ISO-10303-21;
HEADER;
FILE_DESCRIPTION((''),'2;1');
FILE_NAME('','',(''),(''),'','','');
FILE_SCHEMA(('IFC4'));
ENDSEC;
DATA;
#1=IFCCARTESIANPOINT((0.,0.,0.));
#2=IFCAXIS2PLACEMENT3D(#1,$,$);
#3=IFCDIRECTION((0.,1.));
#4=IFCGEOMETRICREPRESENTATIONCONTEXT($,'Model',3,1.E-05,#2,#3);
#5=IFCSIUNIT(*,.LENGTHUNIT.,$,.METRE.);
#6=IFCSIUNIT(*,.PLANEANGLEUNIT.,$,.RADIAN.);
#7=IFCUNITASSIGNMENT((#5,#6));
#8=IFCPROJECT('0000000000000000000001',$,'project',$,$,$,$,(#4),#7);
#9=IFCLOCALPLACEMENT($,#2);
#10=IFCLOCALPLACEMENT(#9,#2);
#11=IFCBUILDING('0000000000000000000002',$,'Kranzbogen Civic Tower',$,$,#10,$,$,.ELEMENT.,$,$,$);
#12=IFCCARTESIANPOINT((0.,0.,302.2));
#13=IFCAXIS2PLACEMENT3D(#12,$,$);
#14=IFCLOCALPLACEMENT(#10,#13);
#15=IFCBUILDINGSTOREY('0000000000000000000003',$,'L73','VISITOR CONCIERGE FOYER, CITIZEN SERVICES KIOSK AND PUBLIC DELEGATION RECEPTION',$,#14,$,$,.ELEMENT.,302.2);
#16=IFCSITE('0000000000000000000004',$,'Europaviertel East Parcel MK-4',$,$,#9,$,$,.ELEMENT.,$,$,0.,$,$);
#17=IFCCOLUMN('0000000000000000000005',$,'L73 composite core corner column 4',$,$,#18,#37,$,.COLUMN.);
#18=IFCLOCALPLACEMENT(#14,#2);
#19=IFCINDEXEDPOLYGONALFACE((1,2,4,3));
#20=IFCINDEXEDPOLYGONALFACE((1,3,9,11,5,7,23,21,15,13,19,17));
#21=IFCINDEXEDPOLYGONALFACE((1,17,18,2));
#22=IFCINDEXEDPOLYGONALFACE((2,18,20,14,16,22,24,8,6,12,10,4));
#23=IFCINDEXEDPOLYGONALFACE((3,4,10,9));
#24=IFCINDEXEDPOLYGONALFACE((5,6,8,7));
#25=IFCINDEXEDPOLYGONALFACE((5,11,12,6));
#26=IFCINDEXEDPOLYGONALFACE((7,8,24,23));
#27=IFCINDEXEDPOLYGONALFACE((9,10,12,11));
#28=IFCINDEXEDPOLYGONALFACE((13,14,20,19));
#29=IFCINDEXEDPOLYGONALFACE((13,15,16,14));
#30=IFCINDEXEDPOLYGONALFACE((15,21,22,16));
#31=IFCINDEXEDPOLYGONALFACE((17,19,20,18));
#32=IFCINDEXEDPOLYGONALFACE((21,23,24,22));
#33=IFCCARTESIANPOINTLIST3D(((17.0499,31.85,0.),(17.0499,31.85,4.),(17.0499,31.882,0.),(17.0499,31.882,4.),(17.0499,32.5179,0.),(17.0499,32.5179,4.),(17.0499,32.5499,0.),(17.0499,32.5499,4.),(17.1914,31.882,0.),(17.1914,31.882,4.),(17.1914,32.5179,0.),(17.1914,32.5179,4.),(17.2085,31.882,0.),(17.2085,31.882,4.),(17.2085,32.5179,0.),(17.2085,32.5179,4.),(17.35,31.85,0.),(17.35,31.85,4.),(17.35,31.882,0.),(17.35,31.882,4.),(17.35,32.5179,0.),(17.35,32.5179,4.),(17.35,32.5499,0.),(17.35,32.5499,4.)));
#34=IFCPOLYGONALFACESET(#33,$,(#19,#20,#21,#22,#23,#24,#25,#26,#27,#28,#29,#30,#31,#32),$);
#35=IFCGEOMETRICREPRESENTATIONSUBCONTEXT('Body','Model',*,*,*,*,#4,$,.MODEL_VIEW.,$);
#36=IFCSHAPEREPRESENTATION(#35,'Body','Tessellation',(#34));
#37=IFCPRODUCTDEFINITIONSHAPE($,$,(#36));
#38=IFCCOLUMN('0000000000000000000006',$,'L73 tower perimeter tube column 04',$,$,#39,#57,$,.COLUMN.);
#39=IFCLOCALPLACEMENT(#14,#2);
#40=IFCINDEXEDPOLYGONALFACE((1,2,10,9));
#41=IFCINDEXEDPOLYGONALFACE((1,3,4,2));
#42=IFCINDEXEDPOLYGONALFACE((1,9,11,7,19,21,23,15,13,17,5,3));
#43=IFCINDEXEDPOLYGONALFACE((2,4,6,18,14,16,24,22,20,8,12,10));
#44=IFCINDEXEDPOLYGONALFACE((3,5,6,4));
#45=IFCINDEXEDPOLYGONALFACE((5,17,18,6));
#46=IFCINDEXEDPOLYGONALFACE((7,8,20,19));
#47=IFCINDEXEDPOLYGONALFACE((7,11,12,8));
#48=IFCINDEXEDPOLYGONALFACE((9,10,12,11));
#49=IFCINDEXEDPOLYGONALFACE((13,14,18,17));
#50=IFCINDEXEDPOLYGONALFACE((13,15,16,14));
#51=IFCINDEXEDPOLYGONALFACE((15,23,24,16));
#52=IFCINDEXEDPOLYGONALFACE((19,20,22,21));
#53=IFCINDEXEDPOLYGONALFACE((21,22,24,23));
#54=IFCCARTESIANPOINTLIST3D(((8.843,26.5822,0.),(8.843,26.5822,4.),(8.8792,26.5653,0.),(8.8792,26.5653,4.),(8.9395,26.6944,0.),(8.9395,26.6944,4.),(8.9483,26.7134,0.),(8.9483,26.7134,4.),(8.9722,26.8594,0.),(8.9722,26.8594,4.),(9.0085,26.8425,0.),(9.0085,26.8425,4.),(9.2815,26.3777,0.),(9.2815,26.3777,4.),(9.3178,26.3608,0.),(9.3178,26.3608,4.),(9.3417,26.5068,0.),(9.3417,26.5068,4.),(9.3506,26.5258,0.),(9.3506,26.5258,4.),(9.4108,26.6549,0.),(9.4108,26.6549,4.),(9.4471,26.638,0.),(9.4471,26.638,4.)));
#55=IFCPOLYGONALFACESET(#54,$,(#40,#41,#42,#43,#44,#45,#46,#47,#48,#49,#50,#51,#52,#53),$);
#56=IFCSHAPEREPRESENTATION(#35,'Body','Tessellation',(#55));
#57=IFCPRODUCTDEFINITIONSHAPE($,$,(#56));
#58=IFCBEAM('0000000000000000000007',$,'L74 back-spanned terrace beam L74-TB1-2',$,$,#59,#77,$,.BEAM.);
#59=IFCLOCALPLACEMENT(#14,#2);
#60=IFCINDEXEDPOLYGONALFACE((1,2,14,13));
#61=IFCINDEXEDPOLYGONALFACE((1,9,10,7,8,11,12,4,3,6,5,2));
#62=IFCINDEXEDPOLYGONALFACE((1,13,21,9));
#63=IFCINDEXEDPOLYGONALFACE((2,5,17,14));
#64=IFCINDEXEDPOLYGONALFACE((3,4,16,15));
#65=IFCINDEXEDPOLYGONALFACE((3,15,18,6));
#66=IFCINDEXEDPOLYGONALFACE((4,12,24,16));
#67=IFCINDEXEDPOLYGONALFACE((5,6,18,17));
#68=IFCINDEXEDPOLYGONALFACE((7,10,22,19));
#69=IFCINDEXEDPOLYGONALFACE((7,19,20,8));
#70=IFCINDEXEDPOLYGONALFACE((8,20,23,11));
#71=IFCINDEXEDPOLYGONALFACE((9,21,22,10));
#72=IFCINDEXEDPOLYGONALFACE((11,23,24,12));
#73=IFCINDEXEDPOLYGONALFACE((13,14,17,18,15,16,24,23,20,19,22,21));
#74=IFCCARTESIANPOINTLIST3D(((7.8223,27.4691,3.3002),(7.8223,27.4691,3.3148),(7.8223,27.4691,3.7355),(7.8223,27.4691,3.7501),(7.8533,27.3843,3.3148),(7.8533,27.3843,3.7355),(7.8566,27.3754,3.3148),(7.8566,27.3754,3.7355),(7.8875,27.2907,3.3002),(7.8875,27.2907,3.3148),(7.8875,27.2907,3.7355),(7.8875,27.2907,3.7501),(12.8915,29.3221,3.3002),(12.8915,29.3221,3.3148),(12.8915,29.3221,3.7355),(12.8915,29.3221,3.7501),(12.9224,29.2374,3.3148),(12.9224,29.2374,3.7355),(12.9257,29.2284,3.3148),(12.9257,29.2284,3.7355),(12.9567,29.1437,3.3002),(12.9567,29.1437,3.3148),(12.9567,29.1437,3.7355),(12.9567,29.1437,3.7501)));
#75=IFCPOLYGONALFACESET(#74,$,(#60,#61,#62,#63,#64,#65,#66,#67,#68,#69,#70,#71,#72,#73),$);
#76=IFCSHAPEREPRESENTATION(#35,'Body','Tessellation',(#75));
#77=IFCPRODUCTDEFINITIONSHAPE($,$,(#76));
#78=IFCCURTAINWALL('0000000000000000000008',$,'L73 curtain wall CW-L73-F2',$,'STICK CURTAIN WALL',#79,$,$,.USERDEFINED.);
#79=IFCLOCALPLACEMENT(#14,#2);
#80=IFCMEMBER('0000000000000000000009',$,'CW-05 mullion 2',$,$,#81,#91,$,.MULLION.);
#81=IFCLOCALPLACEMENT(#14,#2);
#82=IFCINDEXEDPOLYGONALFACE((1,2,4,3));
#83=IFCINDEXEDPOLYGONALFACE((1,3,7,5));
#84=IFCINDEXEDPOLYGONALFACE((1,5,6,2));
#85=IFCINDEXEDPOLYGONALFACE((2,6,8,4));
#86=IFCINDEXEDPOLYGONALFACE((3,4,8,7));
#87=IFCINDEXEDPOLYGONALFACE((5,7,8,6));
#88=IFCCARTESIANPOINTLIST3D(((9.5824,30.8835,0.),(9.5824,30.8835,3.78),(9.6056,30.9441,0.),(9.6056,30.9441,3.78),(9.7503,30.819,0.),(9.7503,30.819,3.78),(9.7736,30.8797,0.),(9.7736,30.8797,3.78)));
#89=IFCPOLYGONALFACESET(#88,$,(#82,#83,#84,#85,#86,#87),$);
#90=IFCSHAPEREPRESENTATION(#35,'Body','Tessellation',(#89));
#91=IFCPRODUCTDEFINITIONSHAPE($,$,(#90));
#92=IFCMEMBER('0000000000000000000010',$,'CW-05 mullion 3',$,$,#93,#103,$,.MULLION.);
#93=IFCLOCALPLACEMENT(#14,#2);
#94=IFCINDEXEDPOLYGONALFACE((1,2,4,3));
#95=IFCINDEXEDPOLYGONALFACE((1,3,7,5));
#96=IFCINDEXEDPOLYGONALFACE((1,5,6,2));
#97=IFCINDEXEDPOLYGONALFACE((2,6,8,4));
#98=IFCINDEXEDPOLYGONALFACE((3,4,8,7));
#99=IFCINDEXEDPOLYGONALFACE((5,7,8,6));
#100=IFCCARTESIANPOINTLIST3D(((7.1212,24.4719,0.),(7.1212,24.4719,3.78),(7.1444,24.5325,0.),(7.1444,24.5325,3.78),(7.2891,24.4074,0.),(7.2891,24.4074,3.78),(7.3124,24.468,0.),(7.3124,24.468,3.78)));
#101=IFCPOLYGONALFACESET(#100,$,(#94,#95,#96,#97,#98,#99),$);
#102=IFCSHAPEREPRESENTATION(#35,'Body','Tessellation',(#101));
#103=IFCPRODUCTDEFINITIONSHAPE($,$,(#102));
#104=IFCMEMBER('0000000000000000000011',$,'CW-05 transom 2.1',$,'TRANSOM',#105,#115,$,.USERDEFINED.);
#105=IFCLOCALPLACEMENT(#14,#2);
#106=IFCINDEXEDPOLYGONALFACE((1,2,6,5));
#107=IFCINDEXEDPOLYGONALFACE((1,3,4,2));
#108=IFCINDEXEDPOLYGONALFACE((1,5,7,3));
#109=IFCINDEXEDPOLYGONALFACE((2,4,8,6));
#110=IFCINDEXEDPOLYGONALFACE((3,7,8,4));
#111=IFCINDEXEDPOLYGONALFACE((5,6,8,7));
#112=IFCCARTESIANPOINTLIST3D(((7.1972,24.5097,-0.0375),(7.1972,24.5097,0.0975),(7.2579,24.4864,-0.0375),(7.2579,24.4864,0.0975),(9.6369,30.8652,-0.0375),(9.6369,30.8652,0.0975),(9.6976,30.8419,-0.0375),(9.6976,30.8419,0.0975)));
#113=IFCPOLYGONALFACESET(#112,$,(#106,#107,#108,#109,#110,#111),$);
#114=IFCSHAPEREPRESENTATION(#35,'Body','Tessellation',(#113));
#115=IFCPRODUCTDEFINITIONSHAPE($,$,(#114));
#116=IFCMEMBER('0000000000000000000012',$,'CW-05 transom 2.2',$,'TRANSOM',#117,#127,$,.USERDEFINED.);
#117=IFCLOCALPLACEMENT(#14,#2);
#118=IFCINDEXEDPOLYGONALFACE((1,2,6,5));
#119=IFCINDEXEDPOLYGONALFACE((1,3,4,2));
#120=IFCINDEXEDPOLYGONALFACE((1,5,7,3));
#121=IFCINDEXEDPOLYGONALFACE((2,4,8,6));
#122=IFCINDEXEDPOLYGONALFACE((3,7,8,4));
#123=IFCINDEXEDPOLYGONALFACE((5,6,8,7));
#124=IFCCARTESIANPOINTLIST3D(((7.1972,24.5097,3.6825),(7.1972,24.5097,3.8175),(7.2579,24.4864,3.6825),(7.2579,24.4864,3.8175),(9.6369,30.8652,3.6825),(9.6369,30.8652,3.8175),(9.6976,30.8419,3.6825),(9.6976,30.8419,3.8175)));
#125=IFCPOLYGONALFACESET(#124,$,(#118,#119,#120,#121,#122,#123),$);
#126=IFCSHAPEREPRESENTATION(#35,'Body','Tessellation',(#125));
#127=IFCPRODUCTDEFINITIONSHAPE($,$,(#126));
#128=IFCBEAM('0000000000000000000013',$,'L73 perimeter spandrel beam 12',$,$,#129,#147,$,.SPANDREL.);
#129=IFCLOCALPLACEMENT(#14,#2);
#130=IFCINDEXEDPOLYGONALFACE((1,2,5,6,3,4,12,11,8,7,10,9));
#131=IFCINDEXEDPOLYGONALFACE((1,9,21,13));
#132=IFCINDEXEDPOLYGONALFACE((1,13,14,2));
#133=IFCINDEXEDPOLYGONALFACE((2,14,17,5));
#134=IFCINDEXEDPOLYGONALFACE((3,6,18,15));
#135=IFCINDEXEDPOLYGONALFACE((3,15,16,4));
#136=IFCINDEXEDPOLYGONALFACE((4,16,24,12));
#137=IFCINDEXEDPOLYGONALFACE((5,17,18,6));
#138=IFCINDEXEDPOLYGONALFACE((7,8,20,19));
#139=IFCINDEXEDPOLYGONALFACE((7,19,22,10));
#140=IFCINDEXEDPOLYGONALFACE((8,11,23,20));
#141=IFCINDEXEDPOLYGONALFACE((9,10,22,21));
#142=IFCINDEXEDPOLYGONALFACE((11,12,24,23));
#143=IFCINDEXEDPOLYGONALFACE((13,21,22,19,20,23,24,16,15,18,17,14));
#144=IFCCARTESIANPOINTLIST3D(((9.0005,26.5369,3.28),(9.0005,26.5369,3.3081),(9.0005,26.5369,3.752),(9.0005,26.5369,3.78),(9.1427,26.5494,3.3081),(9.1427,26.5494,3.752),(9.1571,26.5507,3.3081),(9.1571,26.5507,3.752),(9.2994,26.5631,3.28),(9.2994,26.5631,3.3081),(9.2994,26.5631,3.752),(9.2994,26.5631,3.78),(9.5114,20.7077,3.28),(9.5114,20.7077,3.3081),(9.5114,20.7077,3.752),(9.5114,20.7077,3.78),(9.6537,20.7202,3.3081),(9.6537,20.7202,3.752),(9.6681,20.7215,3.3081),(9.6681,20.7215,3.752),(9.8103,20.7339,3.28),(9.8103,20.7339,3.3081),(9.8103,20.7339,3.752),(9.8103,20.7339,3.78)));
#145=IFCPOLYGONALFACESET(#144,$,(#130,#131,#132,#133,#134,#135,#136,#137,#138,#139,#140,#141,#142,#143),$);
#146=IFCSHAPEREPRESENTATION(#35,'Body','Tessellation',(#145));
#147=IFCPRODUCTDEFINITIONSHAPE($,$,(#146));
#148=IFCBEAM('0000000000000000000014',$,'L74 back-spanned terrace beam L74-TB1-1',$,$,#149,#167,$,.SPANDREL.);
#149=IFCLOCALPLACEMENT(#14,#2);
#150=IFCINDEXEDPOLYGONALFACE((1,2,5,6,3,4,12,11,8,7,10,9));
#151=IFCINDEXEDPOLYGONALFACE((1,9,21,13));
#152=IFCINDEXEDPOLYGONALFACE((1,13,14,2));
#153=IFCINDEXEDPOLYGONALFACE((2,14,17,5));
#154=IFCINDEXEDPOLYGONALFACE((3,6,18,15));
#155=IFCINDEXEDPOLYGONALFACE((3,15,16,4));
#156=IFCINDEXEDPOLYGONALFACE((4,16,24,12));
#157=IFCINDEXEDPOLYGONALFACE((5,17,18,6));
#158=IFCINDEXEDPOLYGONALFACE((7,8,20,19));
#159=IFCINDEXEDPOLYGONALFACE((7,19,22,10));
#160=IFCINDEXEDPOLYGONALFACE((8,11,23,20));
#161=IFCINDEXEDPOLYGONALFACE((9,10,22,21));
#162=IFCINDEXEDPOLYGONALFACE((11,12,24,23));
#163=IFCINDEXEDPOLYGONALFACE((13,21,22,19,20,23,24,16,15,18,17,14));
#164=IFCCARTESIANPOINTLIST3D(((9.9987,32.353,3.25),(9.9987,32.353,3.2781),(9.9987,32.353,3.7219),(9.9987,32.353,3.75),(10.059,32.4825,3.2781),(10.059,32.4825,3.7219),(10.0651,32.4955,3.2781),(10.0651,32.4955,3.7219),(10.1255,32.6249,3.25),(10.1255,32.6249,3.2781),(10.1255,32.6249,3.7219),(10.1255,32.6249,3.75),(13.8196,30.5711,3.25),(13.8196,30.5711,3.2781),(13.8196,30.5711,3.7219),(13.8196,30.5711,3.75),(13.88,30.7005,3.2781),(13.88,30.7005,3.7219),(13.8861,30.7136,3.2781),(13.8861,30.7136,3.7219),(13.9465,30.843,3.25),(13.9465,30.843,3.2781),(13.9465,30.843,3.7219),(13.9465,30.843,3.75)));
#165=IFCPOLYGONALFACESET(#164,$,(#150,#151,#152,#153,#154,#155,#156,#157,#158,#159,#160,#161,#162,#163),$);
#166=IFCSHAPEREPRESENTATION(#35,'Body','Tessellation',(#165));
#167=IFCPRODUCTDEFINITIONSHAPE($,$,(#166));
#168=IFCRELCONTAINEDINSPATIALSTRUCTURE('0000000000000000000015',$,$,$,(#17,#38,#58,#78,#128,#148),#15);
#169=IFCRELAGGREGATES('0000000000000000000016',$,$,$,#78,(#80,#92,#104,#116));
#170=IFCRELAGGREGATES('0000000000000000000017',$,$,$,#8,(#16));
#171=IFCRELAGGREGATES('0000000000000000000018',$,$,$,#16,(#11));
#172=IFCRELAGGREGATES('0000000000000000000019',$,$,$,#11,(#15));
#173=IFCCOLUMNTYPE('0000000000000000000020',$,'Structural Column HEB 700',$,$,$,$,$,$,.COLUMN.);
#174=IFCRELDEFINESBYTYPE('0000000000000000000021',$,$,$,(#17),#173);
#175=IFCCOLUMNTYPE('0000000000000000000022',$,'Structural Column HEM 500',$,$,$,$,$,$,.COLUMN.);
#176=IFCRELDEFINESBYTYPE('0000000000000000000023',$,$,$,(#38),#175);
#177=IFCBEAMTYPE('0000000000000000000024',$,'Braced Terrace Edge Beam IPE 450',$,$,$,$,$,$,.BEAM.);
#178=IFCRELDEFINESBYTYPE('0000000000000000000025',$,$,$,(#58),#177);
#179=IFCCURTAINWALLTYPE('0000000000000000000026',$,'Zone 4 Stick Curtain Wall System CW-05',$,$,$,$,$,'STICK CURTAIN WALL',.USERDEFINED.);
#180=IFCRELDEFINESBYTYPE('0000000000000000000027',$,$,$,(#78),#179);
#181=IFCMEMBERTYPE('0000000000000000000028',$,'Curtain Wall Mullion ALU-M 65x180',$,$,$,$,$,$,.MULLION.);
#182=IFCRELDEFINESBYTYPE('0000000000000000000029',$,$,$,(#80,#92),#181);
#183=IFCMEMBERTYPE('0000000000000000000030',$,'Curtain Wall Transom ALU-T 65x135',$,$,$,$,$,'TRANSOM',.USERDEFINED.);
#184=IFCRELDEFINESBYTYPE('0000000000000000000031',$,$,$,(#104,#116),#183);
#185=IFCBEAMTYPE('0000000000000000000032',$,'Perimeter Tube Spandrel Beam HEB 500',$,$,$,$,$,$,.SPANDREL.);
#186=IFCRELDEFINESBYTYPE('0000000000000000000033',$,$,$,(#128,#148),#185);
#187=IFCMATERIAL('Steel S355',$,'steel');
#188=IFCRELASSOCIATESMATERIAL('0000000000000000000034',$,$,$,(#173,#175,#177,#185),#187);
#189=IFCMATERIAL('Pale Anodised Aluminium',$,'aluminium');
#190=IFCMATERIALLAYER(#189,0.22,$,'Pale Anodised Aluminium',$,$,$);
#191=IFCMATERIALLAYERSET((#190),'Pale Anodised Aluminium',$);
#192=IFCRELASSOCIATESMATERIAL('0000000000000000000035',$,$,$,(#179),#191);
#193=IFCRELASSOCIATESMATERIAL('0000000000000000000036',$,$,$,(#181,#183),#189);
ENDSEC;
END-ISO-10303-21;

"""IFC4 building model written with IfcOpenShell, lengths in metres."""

from ifc_helpers import new_model, si_unit, direction, frame, origin, origin_2d, place, context, subcontext, project, spatial, rectangle, i_section, extrude, material, layer, layer_set, material_profile, profile_set, type_object, element, aggregate, save


model = new_model("IFC4")

# Units and contexts
model_context = context("Model", 3, precision=1e-05, world=origin(), true_north=direction((0.0, 1.0)))
body_context = subcontext(model_context, "Body", "Model", "MODEL_VIEW")
ifc_project = project(units=[si_unit("LENGTHUNIT", "METRE"), si_unit("PLANEANGLEUNIT", "RADIAN")], contexts=[model_context])

# Site, building, storey
site_placement = place(None, origin())
site = spatial("IfcSite", under=ifc_project, at=site_placement, Name="Europaviertel East Parcel MK-4", CompositionType="ELEMENT", RefElevation=0.0)
building_placement = place(site_placement, origin())
building = spatial("IfcBuilding", under=site, at=building_placement, Name="Kranzbogen Civic Tower", CompositionType="ELEMENT")
storey_placement = place(building_placement, frame((0.0, 0.0, 302.2)))
storey = spatial("IfcBuildingStorey", under=building, at=storey_placement, Name="L73", Description="VISITOR CONCIERGE FOYER, CITIZEN SERVICES KIOSK AND PUBLIC DELEGATION RECEPTION", CompositionType="ELEMENT", Elevation=302.2)

# Columns
ifc_material_1 = material(Name="Steel S355", Category="steel")
ifc_material_profile_1 = material_profile(ifc_material_1, i_section(OverallWidth=0.3, OverallDepth=0.7, WebThickness=0.0171, FlangeThickness=0.032, at=origin_2d()), Name="HEB 700")
ifc_profile_set_1 = profile_set([ifc_material_profile_1], Name="Steel S355")
column_type_1 = type_object("IfcColumnType", Name="Structural Column HEB 700", PredefinedType="COLUMN", material=ifc_profile_set_1)
column_1_placement = place(storey_placement, frame((17.2, 32.2, 0.0), z_axis=(0.0, 0.0, 1.0), x_axis=(1.0, 0.0, 0.0)))
element("IfcColumn", 1, at=column_1_placement, inside=storey, type_object=column_type_1, Name="L73 composite core corner column 4", PredefinedType="COLUMN", context=body_context, shape_type="SweptSolid", body=[
    extrude(i_section(OverallWidth=0.3, OverallDepth=0.7, WebThickness=0.0171, FlangeThickness=0.032, at=origin_2d()), origin(), (0.0, 0.0, 1.0), 4.0),
])
ifc_material_profile_2 = material_profile(ifc_material_1, i_section(OverallWidth=0.3059, OverallDepth=0.5239, WebThickness=0.021, FlangeThickness=0.04, at=origin_2d()), Name="HEM 500")
ifc_profile_set_2 = profile_set([ifc_material_profile_2], Name="Steel S355")
column_type_2 = type_object("IfcColumnType", Name="Structural Column HEM 500", PredefinedType="COLUMN", material=ifc_profile_set_2)
column_2_placement = place(storey_placement, frame((9.145, 26.6101, 0.0), z_axis=(0.0, 0.0, 1.0), x_axis=(0.422618, 0.906308, 0.0)))
element("IfcColumn", 2, at=column_2_placement, inside=storey, type_object=column_type_2, Name="L73 tower perimeter tube column 04", PredefinedType="COLUMN", context=body_context, shape_type="SweptSolid", body=[
    extrude(i_section(OverallWidth=0.3059, OverallDepth=0.5239, WebThickness=0.021, FlangeThickness=0.04, at=origin_2d()), origin(), (0.0, 0.0, 1.0), 4.0),
])

# Beam
ifc_material_profile_3 = material_profile(ifc_material_1, i_section(OverallWidth=0.1899, OverallDepth=0.45, WebThickness=0.0095, FlangeThickness=0.0146, at=origin_2d()), Name="IPE 450")
ifc_profile_set_3 = profile_set([ifc_material_profile_3], Name="Steel S355")
beam_type_1 = type_object("IfcBeamType", Name="Braced Terrace Edge Beam IPE 450", PredefinedType="BEAM", material=ifc_profile_set_3)
beam_1_placement = place(storey_placement, frame((12.9241, 29.2329, 3.5251), z_axis=(-0.939214, -0.343333, 0.0), x_axis=(0.343333, -0.939214, 0.0)))
element("IfcBeam", 3, at=beam_1_placement, inside=storey, type_object=beam_type_1, Name="L74 back-spanned terrace beam L74-TB1-2", PredefinedType="BEAM", context=body_context, shape_type="SweptSolid", body=[
    extrude(i_section(OverallWidth=0.1899, OverallDepth=0.45, WebThickness=0.0095, FlangeThickness=0.0146, at=origin_2d()), origin(), (0.0, 0.0, 1.0), 5.3972),
])

# Curtain wall, members
ifc_material_2 = material(Name="Pale Anodised Aluminium", Category="aluminium")
ifc_layer_1 = layer(ifc_material_2, 0.22, Name="Pale Anodised Aluminium")
ifc_layer_set_1 = layer_set([ifc_layer_1], Name="Pale Anodised Aluminium")
curtain_wall_type = type_object("IfcCurtainWallType", Name="Zone 4 Stick Curtain Wall System CW-05", ElementType="STICK CURTAIN WALL", PredefinedType="USERDEFINED", material=ifc_layer_set_1)
curtain_wall_placement = place(storey_placement, origin())
curtain_wall = element("IfcCurtainWall", 4, at=curtain_wall_placement, inside=storey, type_object=curtain_wall_type, Name="L73 curtain wall CW-L73-F2", ObjectType="STICK CURTAIN WALL", PredefinedType="USERDEFINED")
ifc_material_profile_4 = material_profile(ifc_material_2, rectangle(XDim=0.0649, YDim=0.1799, at=origin_2d()), Name="ALU-M 65x180")
ifc_profile_set_4 = profile_set([ifc_material_profile_4], Name="Pale Anodised Aluminium")
member_type_1 = type_object("IfcMemberType", Name="Curtain Wall Mullion ALU-M 65x180", PredefinedType="MULLION", material=ifc_profile_set_4)
member_1_placement = place(storey_placement, frame((9.678, 30.8816, 0.0), z_axis=(0.0, 0.0, 1.0), x_axis=(-0.358382, -0.933575, 0.0)))
member_1 = element("IfcMember", 5, at=member_1_placement, type_object=member_type_1, Name="CW-05 mullion 2", PredefinedType="MULLION", context=body_context, shape_type="SweptSolid", body=[
    extrude(rectangle(XDim=0.0649, YDim=0.1799, at=origin_2d()), origin(), (0.0, 0.0, 1.0), 3.78),
])
member_2_placement = place(storey_placement, frame((7.2168, 24.47, 0.0), z_axis=(0.0, 0.0, 1.0), x_axis=(-0.358382, -0.933575, 0.0)))
member_2 = element("IfcMember", 6, at=member_2_placement, type_object=member_type_1, Name="CW-05 mullion 3", PredefinedType="MULLION", context=body_context, shape_type="SweptSolid", body=[
    extrude(rectangle(XDim=0.0649, YDim=0.1799, at=origin_2d()), origin(), (0.0, 0.0, 1.0), 3.78),
])
ifc_material_profile_5 = material_profile(ifc_material_2, rectangle(XDim=0.0649, YDim=0.135, at=origin_2d()), Name="ALU-T 65x135")
ifc_profile_set_5 = profile_set([ifc_material_profile_5], Name="Pale Anodised Aluminium")
member_type_2 = type_object("IfcMemberType", Name="Curtain Wall Transom ALU-T 65x135", ElementType="TRANSOM", PredefinedType="USERDEFINED", material=ifc_profile_set_5)
member_3_placement = place(storey_placement, frame((9.6672, 30.8535, 0.03), z_axis=(-0.358376, -0.933577, 0.0), x_axis=(0.933577, -0.358376, 0.0)))
member_3 = element("IfcMember", 7, at=member_3_placement, type_object=member_type_2, Name="CW-05 transom 2.1", ObjectType="TRANSOM", PredefinedType="USERDEFINED", context=body_context, shape_type="SweptSolid", body=[
    extrude(rectangle(XDim=0.0649, YDim=0.135, at=origin_2d()), origin(), (0.0, 0.0, 1.0), 6.8076),
])
member_4_placement = place(storey_placement, frame((9.6672, 30.8535, 3.75), z_axis=(-0.358376, -0.933577, 0.0), x_axis=(0.933577, -0.358376, 0.0)))
member_4 = element("IfcMember", 8, at=member_4_placement, type_object=member_type_2, Name="CW-05 transom 2.2", ObjectType="TRANSOM", PredefinedType="USERDEFINED", context=body_context, shape_type="SweptSolid", body=[
    extrude(rectangle(XDim=0.0649, YDim=0.135, at=origin_2d()), origin(), (0.0, 0.0, 1.0), 6.8076),
])

# Beams
ifc_material_profile_6 = material_profile(ifc_material_1, i_section(OverallWidth=0.3, OverallDepth=0.5, WebThickness=0.0144, FlangeThickness=0.0281, at=origin_2d()), Name="HEB 500")
ifc_profile_set_6 = profile_set([ifc_material_profile_6], Name="Steel S355")
beam_type_2 = type_object("IfcBeamType", Name="Perimeter Tube Spandrel Beam HEB 500", PredefinedType="SPANDREL", material=ifc_profile_set_6)
beam_2_placement = place(storey_placement, frame((9.1499, 26.55, 3.53), z_axis=(0.087326, -0.99618, 0.0), x_axis=(0.99618, 0.087326, 0.0)))
element("IfcBeam", 9, at=beam_2_placement, inside=storey, type_object=beam_type_2, Name="L73 perimeter spandrel beam 12", PredefinedType="SPANDREL", context=body_context, shape_type="SweptSolid", body=[
    extrude(i_section(OverallWidth=0.3, OverallDepth=0.5, WebThickness=0.0144, FlangeThickness=0.0281, at=origin_2d()), origin(), (0.0, 0.0, 1.0), 5.8516),
])
beam_3_placement = place(storey_placement, frame((13.8831, 30.707, 3.5), z_axis=(-0.90629, 0.422657, 0.0), x_axis=(-0.422657, -0.90629, 0.0)))
element("IfcBeam", 10, at=beam_3_placement, inside=storey, type_object=beam_type_2, Name="L74 back-spanned terrace beam L74-TB1-1", PredefinedType="SPANDREL", context=body_context, shape_type="SweptSolid", body=[
    extrude(i_section(OverallWidth=0.3, OverallDepth=0.5, WebThickness=0.0144, FlangeThickness=0.0281, at=origin_2d()), origin(), (0.0, 0.0, 1.0), 4.2161),
])

aggregate(curtain_wall, [member_1, member_2, member_3, member_4])

save(model, "model.ifc")
